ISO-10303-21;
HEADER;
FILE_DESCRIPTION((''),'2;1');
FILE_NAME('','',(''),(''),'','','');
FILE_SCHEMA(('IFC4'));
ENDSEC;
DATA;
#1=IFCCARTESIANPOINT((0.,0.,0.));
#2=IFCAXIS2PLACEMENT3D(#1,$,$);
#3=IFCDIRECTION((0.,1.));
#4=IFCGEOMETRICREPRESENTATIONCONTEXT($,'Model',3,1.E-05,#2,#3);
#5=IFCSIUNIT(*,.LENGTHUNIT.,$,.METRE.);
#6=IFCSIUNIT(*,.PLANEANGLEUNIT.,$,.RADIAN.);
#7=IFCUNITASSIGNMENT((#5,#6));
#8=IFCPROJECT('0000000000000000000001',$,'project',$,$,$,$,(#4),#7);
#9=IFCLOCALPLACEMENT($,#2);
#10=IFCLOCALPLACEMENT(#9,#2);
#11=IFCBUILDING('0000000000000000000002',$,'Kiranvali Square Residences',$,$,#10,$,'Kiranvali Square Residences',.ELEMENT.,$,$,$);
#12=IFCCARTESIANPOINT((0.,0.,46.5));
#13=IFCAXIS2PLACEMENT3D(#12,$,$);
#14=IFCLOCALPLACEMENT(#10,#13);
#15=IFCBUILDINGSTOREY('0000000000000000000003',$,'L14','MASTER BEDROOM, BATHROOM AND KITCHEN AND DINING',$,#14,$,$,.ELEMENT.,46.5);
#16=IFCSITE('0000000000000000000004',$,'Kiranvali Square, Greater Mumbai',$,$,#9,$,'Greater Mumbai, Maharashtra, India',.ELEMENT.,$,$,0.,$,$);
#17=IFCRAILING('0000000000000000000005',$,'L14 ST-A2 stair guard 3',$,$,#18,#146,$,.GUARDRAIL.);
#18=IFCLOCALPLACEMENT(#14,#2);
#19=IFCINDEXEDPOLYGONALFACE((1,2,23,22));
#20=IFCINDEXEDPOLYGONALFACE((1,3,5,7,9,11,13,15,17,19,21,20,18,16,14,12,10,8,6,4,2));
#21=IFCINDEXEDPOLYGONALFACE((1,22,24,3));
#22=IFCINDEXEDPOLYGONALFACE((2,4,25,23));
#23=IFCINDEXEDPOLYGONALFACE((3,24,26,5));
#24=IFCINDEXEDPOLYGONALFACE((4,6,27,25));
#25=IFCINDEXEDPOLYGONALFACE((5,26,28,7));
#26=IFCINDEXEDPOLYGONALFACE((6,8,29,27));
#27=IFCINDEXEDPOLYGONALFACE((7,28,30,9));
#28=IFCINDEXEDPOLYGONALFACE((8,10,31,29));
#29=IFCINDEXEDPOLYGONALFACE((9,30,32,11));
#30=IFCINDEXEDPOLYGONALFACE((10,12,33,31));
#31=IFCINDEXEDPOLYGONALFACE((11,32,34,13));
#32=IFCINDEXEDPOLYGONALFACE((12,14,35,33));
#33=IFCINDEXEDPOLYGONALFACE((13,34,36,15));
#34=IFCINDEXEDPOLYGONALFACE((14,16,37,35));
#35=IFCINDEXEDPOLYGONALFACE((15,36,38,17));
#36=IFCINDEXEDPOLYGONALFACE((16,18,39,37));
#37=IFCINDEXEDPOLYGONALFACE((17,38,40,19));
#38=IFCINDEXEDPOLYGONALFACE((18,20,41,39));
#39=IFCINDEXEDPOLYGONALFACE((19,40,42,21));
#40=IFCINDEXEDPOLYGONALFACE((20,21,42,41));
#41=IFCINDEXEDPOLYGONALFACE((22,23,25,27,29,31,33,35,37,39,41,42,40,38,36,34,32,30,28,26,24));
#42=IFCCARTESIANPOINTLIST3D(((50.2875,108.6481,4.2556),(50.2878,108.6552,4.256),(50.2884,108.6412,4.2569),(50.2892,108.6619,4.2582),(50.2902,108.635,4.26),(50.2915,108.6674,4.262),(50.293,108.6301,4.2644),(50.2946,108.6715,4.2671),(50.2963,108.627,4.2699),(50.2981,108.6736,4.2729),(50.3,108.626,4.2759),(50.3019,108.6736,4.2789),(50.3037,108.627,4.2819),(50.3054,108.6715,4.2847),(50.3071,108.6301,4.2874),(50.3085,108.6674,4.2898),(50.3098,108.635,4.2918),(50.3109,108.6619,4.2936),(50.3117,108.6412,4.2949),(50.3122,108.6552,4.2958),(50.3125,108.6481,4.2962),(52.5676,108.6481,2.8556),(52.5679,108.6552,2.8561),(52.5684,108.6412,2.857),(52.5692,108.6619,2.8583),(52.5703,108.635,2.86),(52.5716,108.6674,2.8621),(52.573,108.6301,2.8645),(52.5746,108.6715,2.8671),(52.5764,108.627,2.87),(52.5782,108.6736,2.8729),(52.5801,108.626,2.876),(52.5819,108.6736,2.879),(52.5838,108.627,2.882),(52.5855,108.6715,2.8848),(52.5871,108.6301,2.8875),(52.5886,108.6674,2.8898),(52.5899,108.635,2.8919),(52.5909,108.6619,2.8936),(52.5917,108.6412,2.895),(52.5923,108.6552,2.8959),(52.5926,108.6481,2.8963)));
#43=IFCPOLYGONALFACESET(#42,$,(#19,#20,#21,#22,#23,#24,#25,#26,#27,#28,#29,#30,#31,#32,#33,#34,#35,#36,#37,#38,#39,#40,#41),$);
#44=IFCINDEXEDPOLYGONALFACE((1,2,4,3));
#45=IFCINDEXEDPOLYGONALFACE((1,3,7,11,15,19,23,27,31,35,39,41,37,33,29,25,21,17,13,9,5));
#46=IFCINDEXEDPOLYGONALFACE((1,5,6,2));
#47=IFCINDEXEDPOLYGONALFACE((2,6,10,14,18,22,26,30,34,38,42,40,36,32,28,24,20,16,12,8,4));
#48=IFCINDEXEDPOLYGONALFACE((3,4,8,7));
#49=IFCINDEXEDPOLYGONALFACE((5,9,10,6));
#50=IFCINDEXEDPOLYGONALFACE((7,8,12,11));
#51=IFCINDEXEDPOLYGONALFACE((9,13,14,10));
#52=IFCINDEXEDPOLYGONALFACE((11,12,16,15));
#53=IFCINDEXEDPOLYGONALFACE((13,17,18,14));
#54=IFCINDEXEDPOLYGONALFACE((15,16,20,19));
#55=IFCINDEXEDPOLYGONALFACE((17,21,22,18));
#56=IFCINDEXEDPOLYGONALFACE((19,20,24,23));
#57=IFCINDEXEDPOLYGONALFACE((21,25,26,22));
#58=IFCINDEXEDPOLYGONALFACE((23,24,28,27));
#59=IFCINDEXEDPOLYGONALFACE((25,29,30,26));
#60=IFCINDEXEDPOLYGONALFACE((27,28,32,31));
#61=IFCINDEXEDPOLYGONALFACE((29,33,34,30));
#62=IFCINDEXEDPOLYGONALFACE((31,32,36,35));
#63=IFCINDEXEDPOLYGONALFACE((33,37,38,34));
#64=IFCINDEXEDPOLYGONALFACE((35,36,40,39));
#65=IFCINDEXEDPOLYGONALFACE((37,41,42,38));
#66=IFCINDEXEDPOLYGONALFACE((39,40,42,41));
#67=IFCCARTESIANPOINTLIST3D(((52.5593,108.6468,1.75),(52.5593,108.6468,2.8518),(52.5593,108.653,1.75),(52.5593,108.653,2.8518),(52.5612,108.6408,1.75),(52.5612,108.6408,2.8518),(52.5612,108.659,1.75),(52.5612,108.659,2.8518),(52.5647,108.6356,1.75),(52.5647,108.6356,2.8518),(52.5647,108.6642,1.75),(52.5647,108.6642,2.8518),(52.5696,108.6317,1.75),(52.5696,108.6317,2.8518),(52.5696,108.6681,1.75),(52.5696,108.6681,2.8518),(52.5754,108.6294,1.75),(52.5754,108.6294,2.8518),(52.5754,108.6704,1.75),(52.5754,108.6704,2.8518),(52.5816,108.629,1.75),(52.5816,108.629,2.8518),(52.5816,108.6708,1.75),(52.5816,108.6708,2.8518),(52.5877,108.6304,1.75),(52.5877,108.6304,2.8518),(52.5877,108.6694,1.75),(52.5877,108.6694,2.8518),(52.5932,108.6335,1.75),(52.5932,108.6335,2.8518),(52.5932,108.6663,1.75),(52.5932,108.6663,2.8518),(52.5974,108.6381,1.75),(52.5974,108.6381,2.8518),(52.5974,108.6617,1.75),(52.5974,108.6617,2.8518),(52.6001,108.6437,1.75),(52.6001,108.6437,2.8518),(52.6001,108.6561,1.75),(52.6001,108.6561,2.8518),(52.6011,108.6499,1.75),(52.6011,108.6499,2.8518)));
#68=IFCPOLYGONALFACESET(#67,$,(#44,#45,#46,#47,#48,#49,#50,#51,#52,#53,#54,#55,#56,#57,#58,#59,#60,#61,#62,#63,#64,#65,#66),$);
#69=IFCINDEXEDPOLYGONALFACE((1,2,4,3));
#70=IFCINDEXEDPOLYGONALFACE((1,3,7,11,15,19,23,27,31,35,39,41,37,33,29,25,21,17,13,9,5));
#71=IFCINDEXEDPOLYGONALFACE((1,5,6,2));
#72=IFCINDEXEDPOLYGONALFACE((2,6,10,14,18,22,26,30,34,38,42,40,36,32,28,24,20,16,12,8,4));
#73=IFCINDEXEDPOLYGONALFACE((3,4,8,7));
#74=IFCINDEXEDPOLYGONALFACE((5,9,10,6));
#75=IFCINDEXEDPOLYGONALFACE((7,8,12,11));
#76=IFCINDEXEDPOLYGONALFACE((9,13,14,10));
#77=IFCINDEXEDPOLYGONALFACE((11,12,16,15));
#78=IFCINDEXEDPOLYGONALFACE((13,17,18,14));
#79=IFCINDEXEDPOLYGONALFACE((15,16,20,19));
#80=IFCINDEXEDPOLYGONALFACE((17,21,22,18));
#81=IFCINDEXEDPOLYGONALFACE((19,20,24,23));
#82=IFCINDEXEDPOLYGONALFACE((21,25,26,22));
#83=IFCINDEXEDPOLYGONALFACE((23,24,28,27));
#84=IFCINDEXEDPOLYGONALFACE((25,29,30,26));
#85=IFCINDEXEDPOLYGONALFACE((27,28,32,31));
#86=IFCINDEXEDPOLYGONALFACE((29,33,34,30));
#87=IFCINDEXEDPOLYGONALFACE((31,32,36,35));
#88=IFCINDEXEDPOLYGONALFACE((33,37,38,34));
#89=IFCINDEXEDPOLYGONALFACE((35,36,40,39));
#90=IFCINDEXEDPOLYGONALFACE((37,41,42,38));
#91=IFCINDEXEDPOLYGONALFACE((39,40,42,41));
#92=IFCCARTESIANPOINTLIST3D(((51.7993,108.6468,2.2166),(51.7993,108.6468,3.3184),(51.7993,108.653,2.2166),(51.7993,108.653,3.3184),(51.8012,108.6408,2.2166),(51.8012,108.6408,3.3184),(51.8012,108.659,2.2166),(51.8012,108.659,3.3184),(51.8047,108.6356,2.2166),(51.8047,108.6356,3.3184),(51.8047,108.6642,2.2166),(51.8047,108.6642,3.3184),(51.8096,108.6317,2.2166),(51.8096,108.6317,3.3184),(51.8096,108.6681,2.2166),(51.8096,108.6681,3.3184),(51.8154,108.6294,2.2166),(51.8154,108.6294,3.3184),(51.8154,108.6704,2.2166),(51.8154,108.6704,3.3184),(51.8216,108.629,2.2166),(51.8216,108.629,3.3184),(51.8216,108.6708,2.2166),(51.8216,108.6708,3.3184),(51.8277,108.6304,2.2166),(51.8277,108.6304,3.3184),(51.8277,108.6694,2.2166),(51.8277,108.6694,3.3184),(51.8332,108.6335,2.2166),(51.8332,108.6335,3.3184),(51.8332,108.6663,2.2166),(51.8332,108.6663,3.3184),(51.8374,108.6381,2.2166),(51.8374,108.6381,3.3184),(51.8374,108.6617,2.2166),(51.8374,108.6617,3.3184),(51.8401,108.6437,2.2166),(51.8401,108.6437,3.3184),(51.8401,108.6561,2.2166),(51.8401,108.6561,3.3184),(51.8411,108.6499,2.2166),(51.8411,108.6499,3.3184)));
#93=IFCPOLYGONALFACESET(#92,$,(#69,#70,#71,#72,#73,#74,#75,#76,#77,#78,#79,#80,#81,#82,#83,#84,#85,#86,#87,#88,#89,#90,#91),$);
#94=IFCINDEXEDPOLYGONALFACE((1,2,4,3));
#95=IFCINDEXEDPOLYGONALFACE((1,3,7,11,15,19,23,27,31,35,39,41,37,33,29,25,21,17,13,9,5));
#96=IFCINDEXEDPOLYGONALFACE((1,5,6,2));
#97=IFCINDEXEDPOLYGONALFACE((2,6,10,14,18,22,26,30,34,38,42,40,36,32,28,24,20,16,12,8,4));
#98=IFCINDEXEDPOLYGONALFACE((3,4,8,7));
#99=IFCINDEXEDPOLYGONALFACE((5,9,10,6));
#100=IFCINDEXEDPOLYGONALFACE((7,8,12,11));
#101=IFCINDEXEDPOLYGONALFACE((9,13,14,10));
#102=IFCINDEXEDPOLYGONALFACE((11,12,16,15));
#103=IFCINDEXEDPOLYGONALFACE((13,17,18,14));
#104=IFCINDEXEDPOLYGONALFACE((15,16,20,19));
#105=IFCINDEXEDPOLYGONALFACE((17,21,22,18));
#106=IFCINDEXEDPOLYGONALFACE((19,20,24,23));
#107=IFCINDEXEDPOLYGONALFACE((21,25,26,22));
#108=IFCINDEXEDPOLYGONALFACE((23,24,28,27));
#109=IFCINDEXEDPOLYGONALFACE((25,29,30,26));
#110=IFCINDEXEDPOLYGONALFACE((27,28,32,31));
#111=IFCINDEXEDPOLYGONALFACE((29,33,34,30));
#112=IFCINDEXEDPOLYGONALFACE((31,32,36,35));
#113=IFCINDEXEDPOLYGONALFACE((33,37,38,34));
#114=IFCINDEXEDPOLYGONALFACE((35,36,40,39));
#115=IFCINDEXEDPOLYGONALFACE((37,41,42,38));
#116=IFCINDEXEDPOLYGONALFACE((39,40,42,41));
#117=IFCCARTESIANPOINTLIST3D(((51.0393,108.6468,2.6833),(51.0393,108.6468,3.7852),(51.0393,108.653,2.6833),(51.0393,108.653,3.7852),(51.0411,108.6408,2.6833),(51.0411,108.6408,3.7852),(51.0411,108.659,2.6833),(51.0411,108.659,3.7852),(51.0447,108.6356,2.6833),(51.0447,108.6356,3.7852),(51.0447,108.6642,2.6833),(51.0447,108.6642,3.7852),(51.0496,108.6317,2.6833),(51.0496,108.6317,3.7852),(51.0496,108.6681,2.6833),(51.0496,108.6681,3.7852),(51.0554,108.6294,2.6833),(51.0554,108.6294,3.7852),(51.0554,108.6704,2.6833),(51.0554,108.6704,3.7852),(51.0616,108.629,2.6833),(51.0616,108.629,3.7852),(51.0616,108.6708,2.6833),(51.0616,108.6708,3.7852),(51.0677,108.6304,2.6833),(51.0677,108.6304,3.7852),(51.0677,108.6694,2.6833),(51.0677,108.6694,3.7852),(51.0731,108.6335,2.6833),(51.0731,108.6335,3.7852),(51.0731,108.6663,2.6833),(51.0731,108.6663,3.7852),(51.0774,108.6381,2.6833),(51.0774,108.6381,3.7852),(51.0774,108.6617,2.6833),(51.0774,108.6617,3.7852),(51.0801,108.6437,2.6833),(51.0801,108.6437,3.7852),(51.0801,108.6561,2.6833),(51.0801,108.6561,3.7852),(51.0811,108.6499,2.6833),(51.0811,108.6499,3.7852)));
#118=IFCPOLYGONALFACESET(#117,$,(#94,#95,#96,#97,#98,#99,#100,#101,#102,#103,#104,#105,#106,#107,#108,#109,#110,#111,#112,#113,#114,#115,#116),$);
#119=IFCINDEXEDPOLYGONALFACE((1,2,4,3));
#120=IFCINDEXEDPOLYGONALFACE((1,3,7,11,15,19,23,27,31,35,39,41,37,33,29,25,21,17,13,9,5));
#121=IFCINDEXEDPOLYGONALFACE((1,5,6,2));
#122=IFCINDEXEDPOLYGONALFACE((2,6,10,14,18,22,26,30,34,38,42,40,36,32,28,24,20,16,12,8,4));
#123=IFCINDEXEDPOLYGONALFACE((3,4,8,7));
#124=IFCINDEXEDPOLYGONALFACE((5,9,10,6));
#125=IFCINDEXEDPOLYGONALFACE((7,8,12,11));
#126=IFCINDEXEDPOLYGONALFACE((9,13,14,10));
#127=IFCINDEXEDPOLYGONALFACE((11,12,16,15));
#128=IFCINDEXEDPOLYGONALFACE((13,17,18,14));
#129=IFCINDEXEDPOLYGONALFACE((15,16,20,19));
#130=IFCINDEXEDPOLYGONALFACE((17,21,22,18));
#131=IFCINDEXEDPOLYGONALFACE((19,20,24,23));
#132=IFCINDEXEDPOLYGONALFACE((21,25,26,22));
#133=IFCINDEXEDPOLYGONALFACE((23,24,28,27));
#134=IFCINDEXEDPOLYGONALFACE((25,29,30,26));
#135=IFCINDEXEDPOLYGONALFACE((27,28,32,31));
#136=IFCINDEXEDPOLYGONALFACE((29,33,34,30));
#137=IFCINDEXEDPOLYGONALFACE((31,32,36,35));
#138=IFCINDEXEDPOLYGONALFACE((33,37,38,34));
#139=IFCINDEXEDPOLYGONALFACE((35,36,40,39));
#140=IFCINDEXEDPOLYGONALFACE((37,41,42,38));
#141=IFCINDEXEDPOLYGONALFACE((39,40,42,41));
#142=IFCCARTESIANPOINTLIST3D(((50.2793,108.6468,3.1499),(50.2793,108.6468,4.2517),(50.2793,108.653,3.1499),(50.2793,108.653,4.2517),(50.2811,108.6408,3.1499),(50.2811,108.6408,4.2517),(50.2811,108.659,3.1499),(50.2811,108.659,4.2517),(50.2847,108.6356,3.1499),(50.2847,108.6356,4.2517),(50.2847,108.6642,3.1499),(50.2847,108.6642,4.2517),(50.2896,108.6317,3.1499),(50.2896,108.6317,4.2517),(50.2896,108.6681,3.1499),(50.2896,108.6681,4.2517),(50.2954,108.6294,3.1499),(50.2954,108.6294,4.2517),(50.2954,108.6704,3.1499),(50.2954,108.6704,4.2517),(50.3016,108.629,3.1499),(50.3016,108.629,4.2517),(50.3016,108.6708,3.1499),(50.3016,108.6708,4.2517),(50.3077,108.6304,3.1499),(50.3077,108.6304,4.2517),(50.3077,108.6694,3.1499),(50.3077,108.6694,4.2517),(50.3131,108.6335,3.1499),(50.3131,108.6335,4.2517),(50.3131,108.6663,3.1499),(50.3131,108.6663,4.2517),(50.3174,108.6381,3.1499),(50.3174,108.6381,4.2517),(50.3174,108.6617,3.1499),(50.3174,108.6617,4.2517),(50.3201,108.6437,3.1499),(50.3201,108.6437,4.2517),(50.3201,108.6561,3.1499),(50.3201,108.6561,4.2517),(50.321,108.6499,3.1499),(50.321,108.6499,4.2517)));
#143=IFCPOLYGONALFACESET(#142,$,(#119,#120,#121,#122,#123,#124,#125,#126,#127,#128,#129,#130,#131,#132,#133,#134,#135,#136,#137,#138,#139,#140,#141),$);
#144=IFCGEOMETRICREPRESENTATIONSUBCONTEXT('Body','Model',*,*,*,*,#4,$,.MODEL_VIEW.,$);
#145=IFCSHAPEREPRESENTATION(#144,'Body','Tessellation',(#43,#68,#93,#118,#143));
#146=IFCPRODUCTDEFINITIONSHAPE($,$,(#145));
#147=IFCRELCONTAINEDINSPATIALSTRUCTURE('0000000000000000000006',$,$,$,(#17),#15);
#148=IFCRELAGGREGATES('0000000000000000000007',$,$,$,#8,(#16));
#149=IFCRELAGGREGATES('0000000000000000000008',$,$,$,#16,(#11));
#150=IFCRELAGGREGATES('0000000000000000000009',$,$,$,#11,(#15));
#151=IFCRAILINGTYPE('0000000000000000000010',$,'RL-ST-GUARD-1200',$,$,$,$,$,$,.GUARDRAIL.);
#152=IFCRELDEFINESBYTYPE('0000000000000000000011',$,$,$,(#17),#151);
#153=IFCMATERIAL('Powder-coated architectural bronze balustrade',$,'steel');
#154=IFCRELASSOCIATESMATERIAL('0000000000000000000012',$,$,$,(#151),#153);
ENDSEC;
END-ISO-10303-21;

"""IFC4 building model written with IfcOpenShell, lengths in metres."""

from ifc_helpers import new_model, si_unit, direction, frame, origin, origin_2d, place, context, subcontext, project, spatial, circle, extrude, material, type_object, element, save


model = new_model("IFC4")

# Units and contexts
model_context = context("Model", 3, precision=1e-05, world=origin(), true_north=direction((0.0, 1.0)))
body_context = subcontext(model_context, "Body", "Model", "MODEL_VIEW")
ifc_project = project(units=[si_unit("LENGTHUNIT", "METRE"), si_unit("PLANEANGLEUNIT", "RADIAN")], contexts=[model_context])

# Site, building, storey
site_placement = place(None, origin())
site = spatial("IfcSite", under=ifc_project, at=site_placement, Name="Kiranvali Square, Greater Mumbai", LongName="Greater Mumbai, Maharashtra, India", CompositionType="ELEMENT", RefElevation=0.0)
building_placement = place(site_placement, origin())
building = spatial("IfcBuilding", under=site, at=building_placement, Name="Kiranvali Square Residences", LongName="Kiranvali Square Residences", CompositionType="ELEMENT")
storey_placement = place(building_placement, frame((0.0, 0.0, 46.5)))
storey = spatial("IfcBuildingStorey", under=building, at=storey_placement, Name="L14", Description="MASTER BEDROOM, BATHROOM AND KITCHEN AND DINING", CompositionType="ELEMENT", Elevation=46.5)

# Railing
ifc_material_1 = material(Name="Powder-coated architectural bronze balustrade", Category="steel")
railing_type_1 = type_object("IfcRailingType", Name="RL-ST-GUARD-1200", PredefinedType="GUARDRAIL", material=ifc_material_1)
railing_1_placement = place(storey_placement, frame((52.5801, 108.6499, 1.75)))
element("IfcRailing", 1, at=railing_1_placement, inside=storey, type_object=railing_type_1, Name="L14 ST-A2 stair guard 3", PredefinedType="GUARDRAIL", context=body_context, shape_type="SweptSolid", body=[
    extrude(circle(Radius=0.0239, at=origin_2d()), frame((0.0, 0.0, 1.126), z_axis=(-0.85219, 0.0, 0.523232), x_axis=(0.0, -1.0, 0.0)), (0.0, 0.0, 1.0), 2.6755),
    extrude(circle(Radius=0.021, at=origin_2d()), origin(), (0.0, 0.0, 1.0), 1.1018),
    extrude(circle(Radius=0.021, at=origin_2d()), frame((-0.76, 0.0, 0.4666)), (0.0, 0.0, 1.0), 1.1018),
    extrude(circle(Radius=0.021, at=origin_2d()), frame((-1.52, 0.0, 0.9333)), (0.0, 0.0, 1.0), 1.1018),
    extrude(circle(Radius=0.021, at=origin_2d()), frame((-2.28, 0.0, 1.3999)), (0.0, 0.0, 1.0), 1.1018),
])

save(model, "model.ifc")
